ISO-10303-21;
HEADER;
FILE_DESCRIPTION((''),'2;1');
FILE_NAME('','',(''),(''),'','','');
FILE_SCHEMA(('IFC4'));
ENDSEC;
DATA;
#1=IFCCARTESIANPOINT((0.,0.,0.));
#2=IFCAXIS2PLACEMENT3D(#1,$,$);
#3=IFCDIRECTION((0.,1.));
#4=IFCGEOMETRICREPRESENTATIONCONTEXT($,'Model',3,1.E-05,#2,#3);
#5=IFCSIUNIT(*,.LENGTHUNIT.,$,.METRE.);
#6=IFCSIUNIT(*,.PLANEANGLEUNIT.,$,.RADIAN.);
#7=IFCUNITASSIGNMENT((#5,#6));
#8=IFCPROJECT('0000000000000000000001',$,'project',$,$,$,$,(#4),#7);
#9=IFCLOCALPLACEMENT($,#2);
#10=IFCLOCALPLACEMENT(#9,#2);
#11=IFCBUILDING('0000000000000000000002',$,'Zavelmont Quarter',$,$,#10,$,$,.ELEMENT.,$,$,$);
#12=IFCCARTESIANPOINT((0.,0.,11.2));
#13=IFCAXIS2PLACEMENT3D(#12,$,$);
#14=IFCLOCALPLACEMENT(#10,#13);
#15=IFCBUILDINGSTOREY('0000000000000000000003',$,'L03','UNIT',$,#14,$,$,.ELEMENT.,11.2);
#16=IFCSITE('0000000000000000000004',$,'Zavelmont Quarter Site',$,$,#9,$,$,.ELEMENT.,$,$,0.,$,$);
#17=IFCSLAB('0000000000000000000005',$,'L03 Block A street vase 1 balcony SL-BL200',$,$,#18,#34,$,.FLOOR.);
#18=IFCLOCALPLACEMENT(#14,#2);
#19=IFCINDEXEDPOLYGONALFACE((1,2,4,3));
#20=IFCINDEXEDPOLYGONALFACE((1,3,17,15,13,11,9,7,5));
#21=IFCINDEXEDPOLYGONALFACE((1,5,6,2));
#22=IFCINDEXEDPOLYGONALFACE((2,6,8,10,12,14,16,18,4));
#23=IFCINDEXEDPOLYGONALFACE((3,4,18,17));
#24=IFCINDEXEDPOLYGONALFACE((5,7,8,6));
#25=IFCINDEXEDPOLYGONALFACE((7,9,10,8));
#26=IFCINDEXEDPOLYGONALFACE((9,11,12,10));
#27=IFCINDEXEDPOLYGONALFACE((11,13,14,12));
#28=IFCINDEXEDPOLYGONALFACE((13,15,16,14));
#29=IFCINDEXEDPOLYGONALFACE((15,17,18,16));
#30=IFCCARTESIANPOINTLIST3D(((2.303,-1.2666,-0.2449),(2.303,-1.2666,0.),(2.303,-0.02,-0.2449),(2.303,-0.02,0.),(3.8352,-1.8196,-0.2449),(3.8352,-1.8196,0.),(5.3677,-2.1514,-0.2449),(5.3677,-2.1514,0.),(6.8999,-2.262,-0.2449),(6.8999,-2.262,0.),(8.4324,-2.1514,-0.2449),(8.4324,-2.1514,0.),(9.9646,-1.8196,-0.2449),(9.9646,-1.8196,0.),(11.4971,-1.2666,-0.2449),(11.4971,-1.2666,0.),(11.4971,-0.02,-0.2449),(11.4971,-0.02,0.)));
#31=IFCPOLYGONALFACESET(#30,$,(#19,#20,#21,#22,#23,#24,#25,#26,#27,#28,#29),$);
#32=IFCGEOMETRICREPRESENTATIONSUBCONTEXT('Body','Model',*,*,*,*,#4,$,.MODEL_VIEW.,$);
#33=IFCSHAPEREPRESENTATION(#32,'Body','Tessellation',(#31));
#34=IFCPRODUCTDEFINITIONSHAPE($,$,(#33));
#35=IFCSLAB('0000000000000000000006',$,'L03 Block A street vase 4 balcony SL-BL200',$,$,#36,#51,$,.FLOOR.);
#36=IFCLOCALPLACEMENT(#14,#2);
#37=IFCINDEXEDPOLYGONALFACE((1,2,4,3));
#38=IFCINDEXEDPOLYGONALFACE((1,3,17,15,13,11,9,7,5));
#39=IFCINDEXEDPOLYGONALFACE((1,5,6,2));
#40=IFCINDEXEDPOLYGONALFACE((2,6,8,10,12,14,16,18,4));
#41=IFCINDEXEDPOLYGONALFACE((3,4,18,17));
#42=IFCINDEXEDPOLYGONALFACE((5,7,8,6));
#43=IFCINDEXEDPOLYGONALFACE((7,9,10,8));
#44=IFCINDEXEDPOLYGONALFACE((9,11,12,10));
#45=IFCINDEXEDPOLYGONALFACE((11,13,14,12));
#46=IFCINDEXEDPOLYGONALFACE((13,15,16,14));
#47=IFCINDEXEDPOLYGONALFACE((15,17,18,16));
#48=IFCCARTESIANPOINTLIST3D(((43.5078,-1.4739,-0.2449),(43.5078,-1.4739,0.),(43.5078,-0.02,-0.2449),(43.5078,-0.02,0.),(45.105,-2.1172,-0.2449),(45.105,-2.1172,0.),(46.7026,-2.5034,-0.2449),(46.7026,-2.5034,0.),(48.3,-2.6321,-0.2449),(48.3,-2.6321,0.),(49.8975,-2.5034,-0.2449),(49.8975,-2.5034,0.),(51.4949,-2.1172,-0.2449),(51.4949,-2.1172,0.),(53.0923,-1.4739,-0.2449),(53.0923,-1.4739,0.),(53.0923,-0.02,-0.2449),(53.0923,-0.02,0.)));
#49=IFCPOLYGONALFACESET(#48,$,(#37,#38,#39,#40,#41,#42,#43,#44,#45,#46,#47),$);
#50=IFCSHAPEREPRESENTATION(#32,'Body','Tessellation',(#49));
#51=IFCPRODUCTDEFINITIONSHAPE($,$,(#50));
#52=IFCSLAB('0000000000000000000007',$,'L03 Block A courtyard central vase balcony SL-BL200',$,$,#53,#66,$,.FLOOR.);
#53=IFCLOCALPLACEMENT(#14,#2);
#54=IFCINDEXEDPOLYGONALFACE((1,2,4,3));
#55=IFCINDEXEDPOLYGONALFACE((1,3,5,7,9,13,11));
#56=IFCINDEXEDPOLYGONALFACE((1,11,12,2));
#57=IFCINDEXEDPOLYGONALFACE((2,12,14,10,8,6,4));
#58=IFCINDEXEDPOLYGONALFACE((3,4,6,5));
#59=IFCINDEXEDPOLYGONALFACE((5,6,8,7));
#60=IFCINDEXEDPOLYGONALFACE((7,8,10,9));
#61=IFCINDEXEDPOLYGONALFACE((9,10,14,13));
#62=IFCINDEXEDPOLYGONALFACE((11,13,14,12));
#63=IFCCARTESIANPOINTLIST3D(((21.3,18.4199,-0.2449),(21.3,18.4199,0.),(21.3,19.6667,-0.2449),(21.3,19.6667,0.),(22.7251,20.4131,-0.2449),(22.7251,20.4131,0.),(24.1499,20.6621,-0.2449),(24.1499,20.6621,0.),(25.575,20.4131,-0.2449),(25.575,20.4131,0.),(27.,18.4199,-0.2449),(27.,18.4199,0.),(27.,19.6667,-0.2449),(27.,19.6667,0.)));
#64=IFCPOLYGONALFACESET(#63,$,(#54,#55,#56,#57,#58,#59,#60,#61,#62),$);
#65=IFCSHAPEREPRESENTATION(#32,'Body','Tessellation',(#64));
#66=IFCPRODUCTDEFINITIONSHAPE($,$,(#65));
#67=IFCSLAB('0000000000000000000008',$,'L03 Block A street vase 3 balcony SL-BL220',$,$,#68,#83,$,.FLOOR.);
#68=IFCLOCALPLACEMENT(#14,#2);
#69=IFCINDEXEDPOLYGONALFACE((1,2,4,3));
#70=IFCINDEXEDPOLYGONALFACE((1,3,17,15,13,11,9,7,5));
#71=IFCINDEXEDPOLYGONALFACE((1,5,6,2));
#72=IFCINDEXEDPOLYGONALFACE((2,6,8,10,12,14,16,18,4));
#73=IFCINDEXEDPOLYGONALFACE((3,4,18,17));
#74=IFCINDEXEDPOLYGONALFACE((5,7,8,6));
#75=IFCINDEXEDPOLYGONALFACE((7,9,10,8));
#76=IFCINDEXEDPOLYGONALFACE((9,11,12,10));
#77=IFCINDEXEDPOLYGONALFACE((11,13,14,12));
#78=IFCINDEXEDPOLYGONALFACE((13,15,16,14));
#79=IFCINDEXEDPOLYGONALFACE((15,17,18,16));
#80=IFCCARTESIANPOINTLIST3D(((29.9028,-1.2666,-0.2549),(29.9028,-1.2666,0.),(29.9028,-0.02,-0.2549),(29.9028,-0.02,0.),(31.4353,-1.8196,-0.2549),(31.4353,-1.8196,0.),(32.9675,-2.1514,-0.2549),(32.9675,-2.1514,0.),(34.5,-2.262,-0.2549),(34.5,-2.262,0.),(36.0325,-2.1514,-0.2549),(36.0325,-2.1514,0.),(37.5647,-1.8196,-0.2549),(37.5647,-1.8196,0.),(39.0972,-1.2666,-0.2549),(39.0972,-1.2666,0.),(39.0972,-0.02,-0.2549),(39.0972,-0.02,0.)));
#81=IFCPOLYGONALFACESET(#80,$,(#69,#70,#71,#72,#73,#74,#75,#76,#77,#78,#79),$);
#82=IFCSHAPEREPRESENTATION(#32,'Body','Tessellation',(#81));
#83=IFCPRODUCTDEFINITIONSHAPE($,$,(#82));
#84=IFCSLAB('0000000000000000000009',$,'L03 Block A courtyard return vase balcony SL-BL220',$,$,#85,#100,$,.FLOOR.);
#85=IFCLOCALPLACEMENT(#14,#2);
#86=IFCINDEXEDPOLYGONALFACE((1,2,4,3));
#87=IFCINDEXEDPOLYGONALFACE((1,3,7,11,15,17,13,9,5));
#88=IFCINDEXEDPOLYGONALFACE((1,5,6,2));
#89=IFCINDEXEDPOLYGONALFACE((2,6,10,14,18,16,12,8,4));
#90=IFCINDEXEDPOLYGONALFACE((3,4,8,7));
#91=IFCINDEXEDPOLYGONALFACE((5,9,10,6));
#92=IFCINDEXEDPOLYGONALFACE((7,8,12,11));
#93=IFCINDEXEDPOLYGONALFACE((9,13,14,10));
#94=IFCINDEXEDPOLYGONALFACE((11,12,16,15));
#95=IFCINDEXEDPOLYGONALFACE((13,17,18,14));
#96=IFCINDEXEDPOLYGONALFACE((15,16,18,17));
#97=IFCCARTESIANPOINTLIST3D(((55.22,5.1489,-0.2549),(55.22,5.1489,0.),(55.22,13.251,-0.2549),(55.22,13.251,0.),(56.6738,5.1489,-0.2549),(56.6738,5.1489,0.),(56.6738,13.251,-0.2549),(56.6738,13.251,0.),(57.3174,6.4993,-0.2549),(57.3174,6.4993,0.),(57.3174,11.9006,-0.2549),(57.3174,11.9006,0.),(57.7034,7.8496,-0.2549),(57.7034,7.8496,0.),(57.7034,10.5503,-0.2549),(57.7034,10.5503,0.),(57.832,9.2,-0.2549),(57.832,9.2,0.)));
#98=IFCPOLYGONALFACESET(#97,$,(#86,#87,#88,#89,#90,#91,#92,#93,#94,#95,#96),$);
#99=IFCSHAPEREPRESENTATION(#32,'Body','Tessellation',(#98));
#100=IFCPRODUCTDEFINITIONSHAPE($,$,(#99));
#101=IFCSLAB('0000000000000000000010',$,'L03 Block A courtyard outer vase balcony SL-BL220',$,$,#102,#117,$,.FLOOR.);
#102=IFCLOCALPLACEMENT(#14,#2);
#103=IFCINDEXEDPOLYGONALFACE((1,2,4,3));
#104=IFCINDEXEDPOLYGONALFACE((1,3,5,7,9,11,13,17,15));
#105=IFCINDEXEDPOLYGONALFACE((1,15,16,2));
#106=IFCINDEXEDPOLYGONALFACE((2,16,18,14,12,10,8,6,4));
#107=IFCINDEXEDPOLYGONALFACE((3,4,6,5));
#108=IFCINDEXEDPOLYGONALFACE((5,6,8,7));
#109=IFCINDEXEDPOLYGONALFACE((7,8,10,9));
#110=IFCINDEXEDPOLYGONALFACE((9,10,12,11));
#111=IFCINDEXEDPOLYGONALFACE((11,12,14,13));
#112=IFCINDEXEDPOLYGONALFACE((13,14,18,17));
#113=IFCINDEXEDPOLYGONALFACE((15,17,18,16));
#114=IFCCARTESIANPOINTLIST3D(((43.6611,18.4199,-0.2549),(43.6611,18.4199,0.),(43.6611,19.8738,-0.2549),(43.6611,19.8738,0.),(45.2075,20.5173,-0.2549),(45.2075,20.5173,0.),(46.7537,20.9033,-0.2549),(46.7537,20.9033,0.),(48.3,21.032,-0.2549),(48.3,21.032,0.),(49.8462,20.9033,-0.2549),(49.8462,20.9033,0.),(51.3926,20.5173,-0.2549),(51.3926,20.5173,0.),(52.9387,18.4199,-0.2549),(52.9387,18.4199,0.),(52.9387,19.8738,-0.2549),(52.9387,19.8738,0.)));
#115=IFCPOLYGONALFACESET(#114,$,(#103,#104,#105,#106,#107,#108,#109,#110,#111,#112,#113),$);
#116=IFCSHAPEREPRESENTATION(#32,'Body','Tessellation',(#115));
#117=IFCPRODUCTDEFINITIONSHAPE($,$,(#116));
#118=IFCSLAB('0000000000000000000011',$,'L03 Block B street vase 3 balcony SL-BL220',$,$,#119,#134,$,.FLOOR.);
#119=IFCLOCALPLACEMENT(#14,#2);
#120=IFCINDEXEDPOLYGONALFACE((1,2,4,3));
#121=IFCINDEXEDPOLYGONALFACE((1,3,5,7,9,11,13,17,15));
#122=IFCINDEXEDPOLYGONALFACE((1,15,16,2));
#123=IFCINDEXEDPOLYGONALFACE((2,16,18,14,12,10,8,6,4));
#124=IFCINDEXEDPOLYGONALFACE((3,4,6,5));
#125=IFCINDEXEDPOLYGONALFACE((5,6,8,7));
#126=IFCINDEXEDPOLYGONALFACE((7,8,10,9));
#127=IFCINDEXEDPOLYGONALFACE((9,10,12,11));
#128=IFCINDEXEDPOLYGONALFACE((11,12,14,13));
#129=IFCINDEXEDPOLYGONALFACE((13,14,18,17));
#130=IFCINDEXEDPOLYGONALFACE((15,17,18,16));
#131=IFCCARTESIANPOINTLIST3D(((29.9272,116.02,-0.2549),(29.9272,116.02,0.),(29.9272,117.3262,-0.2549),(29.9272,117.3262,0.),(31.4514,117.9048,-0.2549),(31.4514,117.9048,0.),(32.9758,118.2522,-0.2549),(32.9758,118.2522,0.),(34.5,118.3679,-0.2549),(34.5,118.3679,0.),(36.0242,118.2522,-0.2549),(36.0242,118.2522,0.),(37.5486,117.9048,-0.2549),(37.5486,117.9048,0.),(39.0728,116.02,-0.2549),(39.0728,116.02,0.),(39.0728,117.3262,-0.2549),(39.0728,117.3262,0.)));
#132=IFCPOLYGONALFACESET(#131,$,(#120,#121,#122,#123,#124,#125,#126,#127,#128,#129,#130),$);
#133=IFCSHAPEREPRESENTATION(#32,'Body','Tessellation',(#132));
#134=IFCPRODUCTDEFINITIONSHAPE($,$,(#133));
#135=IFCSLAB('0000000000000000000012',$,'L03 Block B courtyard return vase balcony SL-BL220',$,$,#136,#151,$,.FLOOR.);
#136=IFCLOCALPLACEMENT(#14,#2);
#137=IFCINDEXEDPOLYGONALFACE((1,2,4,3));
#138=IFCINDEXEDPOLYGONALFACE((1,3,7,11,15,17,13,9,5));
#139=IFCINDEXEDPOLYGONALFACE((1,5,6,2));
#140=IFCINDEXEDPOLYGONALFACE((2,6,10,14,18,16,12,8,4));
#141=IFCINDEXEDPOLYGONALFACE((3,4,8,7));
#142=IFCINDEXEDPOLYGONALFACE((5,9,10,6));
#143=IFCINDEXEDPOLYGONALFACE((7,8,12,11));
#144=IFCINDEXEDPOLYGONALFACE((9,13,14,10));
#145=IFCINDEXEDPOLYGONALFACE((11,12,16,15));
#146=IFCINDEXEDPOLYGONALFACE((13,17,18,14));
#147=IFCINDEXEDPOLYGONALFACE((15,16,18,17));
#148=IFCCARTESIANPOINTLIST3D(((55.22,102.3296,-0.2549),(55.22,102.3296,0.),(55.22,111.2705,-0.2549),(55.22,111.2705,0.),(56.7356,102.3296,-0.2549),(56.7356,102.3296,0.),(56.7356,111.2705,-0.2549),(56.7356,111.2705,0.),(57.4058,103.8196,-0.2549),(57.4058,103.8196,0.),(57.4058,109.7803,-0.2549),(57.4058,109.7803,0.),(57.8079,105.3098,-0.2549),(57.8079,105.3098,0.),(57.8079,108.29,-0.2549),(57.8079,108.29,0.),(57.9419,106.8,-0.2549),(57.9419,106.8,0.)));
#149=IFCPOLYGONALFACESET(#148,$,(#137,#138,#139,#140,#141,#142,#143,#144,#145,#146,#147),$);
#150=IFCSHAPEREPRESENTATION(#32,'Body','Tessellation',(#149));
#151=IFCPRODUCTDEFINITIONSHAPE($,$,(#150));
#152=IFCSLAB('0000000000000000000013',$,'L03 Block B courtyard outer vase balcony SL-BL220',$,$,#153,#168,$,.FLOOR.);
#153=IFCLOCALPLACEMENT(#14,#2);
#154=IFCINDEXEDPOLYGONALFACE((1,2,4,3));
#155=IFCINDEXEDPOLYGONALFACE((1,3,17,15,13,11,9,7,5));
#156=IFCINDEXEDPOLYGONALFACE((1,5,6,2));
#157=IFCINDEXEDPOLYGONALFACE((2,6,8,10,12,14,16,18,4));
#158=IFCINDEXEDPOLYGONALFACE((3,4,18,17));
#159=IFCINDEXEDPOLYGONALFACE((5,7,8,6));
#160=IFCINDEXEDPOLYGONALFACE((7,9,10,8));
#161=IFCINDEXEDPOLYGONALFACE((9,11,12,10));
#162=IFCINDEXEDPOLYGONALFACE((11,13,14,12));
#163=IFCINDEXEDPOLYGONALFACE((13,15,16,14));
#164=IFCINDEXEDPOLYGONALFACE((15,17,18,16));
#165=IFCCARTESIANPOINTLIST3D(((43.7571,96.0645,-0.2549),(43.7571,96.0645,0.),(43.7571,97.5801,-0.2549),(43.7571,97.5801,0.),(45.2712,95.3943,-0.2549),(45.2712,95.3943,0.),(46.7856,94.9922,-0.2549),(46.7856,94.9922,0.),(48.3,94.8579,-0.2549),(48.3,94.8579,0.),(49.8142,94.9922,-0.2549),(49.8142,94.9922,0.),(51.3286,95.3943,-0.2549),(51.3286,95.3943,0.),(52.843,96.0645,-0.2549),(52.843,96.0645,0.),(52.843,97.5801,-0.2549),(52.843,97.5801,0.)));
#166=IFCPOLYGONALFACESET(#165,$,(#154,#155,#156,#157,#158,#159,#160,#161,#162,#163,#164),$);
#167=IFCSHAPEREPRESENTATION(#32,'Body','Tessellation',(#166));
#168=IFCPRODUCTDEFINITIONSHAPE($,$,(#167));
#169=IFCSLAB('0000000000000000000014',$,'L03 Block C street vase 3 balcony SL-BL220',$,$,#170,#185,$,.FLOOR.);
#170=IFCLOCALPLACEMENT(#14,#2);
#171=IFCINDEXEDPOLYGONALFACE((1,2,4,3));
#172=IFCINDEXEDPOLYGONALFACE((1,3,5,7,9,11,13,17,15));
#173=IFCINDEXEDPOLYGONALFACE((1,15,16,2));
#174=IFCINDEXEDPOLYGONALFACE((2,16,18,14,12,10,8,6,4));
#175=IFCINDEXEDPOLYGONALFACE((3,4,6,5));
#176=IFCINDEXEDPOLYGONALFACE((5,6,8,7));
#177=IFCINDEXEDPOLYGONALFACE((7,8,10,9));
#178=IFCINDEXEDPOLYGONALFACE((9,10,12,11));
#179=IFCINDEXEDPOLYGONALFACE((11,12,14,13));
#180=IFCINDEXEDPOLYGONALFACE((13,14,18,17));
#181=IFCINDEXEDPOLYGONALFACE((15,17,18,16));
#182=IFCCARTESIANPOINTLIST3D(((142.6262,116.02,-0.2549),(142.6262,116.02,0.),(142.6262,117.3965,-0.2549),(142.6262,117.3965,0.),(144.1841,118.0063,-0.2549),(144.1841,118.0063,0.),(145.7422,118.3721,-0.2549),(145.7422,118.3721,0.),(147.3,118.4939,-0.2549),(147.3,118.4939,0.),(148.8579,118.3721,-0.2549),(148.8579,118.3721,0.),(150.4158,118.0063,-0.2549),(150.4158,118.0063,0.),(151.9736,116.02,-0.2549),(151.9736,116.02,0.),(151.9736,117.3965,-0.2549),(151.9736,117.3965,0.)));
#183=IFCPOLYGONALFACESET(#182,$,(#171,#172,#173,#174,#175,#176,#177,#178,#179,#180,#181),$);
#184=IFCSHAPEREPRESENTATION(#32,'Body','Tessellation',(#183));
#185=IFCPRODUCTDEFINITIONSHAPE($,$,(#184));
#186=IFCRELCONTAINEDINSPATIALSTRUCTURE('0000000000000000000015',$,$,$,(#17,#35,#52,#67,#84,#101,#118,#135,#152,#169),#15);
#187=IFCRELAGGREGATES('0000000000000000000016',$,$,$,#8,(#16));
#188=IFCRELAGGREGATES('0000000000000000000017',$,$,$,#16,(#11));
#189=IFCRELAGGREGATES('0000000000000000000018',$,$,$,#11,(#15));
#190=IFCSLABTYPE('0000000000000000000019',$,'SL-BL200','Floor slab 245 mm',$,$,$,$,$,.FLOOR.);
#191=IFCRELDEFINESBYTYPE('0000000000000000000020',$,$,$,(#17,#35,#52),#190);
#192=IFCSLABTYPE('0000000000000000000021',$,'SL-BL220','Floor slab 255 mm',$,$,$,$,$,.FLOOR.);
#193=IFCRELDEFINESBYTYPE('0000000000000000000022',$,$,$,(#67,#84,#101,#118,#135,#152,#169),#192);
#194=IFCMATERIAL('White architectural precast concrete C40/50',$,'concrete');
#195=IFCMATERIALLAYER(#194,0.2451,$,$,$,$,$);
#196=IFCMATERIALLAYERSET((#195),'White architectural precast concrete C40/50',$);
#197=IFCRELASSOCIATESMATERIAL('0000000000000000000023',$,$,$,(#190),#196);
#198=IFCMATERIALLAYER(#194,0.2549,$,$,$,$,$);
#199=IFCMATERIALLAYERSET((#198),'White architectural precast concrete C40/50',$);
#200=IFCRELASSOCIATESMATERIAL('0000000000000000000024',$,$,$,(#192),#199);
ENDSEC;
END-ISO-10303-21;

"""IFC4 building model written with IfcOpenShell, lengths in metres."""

from ifc_helpers import new_model, si_unit, direction, frame, origin, place, context, subcontext, project, spatial, polyline, outline, extrude, material, layer, layer_set, type_object, element, save


model = new_model("IFC4")

# Units and contexts
model_context = context("Model", 3, precision=1e-05, world=origin(), true_north=direction((0.0, 1.0)))
body_context = subcontext(model_context, "Body", "Model", "MODEL_VIEW")
ifc_project = project(units=[si_unit("LENGTHUNIT", "METRE"), si_unit("PLANEANGLEUNIT", "RADIAN")], contexts=[model_context])

# Site, building, storey
site_placement = place(None, origin())
site = spatial("IfcSite", under=ifc_project, at=site_placement, Name="Zavelmont Quarter Site", CompositionType="ELEMENT", RefElevation=0.0)
building_placement = place(site_placement, origin())
building = spatial("IfcBuilding", under=site, at=building_placement, Name="Zavelmont Quarter", CompositionType="ELEMENT")
storey_placement = place(building_placement, frame((0.0, 0.0, 11.2)))
storey = spatial("IfcBuildingStorey", under=building, at=storey_placement, Name="L03", Description="UNIT", CompositionType="ELEMENT", Elevation=11.2)

# Slabs
ifc_material_1 = material(Name="White architectural precast concrete C40/50", Category="concrete")
ifc_layer_1 = layer(ifc_material_1, 0.2451)
ifc_layer_set_1 = layer_set([ifc_layer_1], Name="White architectural precast concrete C40/50")
slab_type_1 = type_object("IfcSlabType", Name="SL-BL200", Description="Floor slab 245 mm", PredefinedType="FLOOR", material=ifc_layer_set_1)
slab_1_placement = place(storey_placement, frame((0.0, 0.0, -0.2449)))
element("IfcSlab", 1, at=slab_1_placement, inside=storey, type_object=slab_type_1, Name="L03 Block A street vase 1 balcony SL-BL200", PredefinedType="FLOOR", context=body_context, shape_type="SweptSolid", body=[
    extrude(outline(polyline([(2.303, -0.02), (2.303, -1.2666), (3.8352, -1.8196), (5.3677, -2.1514), (6.8999, -2.262), (8.4324, -2.1514), (9.9646, -1.8196), (11.4971, -1.2666), (11.4971, -0.02), (2.303, -0.02)])), origin(), (0.0, 0.0, 1.0), 0.2449),
])
slab_2_placement = place(storey_placement, frame((0.0, 0.0, -0.2449)))
element("IfcSlab", 2, at=slab_2_placement, inside=storey, type_object=slab_type_1, Name="L03 Block A street vase 4 balcony SL-BL200", PredefinedType="FLOOR", context=body_context, shape_type="SweptSolid", body=[
    extrude(outline(polyline([(43.5078, -0.02), (43.5078, -1.4739), (45.105, -2.1172), (46.7026, -2.5034), (48.3, -2.6321), (49.8975, -2.5034), (51.4949, -2.1172), (53.0923, -1.4739), (53.0923, -0.02), (43.5078, -0.02)])), origin(), (0.0, 0.0, 1.0), 0.2449),
])
slab_3_placement = place(storey_placement, frame((0.0, 0.0, -0.2449)))
element("IfcSlab", 3, at=slab_3_placement, inside=storey, type_object=slab_type_1, Name="L03 Block A courtyard central vase balcony SL-BL200", PredefinedType="FLOOR", context=body_context, shape_type="SweptSolid", body=[
    extrude(outline(polyline([(27.0, 18.4199), (27.0, 19.6667), (25.575, 20.4131), (24.1499, 20.6621), (22.7251, 20.4131), (21.3, 19.6667), (21.3, 18.4199), (27.0, 18.4199)])), origin(), (0.0, 0.0, 1.0), 0.2449),
])
ifc_layer_2 = layer(ifc_material_1, 0.2549)
ifc_layer_set_2 = layer_set([ifc_layer_2], Name="White architectural precast concrete C40/50")
slab_type_2 = type_object("IfcSlabType", Name="SL-BL220", Description="Floor slab 255 mm", PredefinedType="FLOOR", material=ifc_layer_set_2)
slab_4_placement = place(storey_placement, frame((0.0, 0.0, -0.2549)))
element("IfcSlab", 4, at=slab_4_placement, inside=storey, type_object=slab_type_2, Name="L03 Block A street vase 3 balcony SL-BL220", PredefinedType="FLOOR", context=body_context, shape_type="SweptSolid", body=[
    extrude(outline(polyline([(29.9028, -0.02), (29.9028, -1.2666), (31.4353, -1.8196), (32.9675, -2.1514), (34.5, -2.262), (36.0325, -2.1514), (37.5647, -1.8196), (39.0972, -1.2666), (39.0972, -0.02), (29.9028, -0.02)])), origin(), (0.0, 0.0, 1.0), 0.2549),
])
slab_5_placement = place(storey_placement, frame((0.0, 0.0, -0.2549)))
element("IfcSlab", 5, at=slab_5_placement, inside=storey, type_object=slab_type_2, Name="L03 Block A courtyard return vase balcony SL-BL220", PredefinedType="FLOOR", context=body_context, shape_type="SweptSolid", body=[
    extrude(outline(polyline([(55.22, 5.1489), (56.6738, 5.1489), (57.3174, 6.4993), (57.7034, 7.8496), (57.832, 9.2), (57.7034, 10.5503), (57.3174, 11.9006), (56.6738, 13.251), (55.22, 13.251), (55.22, 5.1489)])), origin(), (0.0, 0.0, 1.0), 0.2549),
])
slab_6_placement = place(storey_placement, frame((0.0, 0.0, -0.2549)))
element("IfcSlab", 6, at=slab_6_placement, inside=storey, type_object=slab_type_2, Name="L03 Block A courtyard outer vase balcony SL-BL220", PredefinedType="FLOOR", context=body_context, shape_type="SweptSolid", body=[
    extrude(outline(polyline([(52.9387, 18.4199), (52.9387, 19.8738), (51.3926, 20.5173), (49.8462, 20.9033), (48.3, 21.032), (46.7537, 20.9033), (45.2075, 20.5173), (43.6611, 19.8738), (43.6611, 18.4199), (52.9387, 18.4199)])), origin(), (0.0, 0.0, 1.0), 0.2549),
])
slab_7_placement = place(storey_placement, frame((0.0, 0.0, -0.2549)))
element("IfcSlab", 7, at=slab_7_placement, inside=storey, type_object=slab_type_2, Name="L03 Block B street vase 3 balcony SL-BL220", PredefinedType="FLOOR", context=body_context, shape_type="SweptSolid", body=[
    extrude(outline(polyline([(39.0728, 116.02), (39.0728, 117.3262), (37.5486, 117.9048), (36.0242, 118.2522), (34.5, 118.3679), (32.9758, 118.2522), (31.4514, 117.9048), (29.9272, 117.3262), (29.9272, 116.02), (39.0728, 116.02)])), origin(), (0.0, 0.0, 1.0), 0.2549),
])
slab_8_placement = place(storey_placement, frame((0.0, 0.0, -0.2549)))
element("IfcSlab", 8, at=slab_8_placement, inside=storey, type_object=slab_type_2, Name="L03 Block B courtyard return vase balcony SL-BL220", PredefinedType="FLOOR", context=body_context, shape_type="SweptSolid", body=[
    extrude(outline(polyline([(55.22, 102.3296), (56.7356, 102.3296), (57.4058, 103.8196), (57.8079, 105.3098), (57.9419, 106.8), (57.8079, 108.29), (57.4058, 109.7803), (56.7356, 111.2705), (55.22, 111.2705), (55.22, 102.3296)])), origin(), (0.0, 0.0, 1.0), 0.2549),
])
slab_9_placement = place(storey_placement, frame((0.0, 0.0, -0.2549)))
element("IfcSlab", 9, at=slab_9_placement, inside=storey, type_object=slab_type_2, Name="L03 Block B courtyard outer vase balcony SL-BL220", PredefinedType="FLOOR", context=body_context, shape_type="SweptSolid", body=[
    extrude(outline(polyline([(43.7571, 97.5801), (43.7571, 96.0645), (45.2712, 95.3943), (46.7856, 94.9922), (48.3, 94.8579), (49.8142, 94.9922), (51.3286, 95.3943), (52.843, 96.0645), (52.843, 97.5801), (43.7571, 97.5801)])), origin(), (0.0, 0.0, 1.0), 0.2549),
])
slab_10_placement = place(storey_placement, frame((0.0, 0.0, -0.2549)))
element("IfcSlab", 10, at=slab_10_placement, inside=storey, type_object=slab_type_2, Name="L03 Block C street vase 3 balcony SL-BL220", PredefinedType="FLOOR", context=body_context, shape_type="SweptSolid", body=[
    extrude(outline(polyline([(151.9736, 116.02), (151.9736, 117.3965), (150.4158, 118.0063), (148.8579, 118.3721), (147.3, 118.4939), (145.7422, 118.3721), (144.1841, 118.0063), (142.6262, 117.3965), (142.6262, 116.02), (151.9736, 116.02)])), origin(), (0.0, 0.0, 1.0), 0.2549),
])

save(model, "model.ifc")
